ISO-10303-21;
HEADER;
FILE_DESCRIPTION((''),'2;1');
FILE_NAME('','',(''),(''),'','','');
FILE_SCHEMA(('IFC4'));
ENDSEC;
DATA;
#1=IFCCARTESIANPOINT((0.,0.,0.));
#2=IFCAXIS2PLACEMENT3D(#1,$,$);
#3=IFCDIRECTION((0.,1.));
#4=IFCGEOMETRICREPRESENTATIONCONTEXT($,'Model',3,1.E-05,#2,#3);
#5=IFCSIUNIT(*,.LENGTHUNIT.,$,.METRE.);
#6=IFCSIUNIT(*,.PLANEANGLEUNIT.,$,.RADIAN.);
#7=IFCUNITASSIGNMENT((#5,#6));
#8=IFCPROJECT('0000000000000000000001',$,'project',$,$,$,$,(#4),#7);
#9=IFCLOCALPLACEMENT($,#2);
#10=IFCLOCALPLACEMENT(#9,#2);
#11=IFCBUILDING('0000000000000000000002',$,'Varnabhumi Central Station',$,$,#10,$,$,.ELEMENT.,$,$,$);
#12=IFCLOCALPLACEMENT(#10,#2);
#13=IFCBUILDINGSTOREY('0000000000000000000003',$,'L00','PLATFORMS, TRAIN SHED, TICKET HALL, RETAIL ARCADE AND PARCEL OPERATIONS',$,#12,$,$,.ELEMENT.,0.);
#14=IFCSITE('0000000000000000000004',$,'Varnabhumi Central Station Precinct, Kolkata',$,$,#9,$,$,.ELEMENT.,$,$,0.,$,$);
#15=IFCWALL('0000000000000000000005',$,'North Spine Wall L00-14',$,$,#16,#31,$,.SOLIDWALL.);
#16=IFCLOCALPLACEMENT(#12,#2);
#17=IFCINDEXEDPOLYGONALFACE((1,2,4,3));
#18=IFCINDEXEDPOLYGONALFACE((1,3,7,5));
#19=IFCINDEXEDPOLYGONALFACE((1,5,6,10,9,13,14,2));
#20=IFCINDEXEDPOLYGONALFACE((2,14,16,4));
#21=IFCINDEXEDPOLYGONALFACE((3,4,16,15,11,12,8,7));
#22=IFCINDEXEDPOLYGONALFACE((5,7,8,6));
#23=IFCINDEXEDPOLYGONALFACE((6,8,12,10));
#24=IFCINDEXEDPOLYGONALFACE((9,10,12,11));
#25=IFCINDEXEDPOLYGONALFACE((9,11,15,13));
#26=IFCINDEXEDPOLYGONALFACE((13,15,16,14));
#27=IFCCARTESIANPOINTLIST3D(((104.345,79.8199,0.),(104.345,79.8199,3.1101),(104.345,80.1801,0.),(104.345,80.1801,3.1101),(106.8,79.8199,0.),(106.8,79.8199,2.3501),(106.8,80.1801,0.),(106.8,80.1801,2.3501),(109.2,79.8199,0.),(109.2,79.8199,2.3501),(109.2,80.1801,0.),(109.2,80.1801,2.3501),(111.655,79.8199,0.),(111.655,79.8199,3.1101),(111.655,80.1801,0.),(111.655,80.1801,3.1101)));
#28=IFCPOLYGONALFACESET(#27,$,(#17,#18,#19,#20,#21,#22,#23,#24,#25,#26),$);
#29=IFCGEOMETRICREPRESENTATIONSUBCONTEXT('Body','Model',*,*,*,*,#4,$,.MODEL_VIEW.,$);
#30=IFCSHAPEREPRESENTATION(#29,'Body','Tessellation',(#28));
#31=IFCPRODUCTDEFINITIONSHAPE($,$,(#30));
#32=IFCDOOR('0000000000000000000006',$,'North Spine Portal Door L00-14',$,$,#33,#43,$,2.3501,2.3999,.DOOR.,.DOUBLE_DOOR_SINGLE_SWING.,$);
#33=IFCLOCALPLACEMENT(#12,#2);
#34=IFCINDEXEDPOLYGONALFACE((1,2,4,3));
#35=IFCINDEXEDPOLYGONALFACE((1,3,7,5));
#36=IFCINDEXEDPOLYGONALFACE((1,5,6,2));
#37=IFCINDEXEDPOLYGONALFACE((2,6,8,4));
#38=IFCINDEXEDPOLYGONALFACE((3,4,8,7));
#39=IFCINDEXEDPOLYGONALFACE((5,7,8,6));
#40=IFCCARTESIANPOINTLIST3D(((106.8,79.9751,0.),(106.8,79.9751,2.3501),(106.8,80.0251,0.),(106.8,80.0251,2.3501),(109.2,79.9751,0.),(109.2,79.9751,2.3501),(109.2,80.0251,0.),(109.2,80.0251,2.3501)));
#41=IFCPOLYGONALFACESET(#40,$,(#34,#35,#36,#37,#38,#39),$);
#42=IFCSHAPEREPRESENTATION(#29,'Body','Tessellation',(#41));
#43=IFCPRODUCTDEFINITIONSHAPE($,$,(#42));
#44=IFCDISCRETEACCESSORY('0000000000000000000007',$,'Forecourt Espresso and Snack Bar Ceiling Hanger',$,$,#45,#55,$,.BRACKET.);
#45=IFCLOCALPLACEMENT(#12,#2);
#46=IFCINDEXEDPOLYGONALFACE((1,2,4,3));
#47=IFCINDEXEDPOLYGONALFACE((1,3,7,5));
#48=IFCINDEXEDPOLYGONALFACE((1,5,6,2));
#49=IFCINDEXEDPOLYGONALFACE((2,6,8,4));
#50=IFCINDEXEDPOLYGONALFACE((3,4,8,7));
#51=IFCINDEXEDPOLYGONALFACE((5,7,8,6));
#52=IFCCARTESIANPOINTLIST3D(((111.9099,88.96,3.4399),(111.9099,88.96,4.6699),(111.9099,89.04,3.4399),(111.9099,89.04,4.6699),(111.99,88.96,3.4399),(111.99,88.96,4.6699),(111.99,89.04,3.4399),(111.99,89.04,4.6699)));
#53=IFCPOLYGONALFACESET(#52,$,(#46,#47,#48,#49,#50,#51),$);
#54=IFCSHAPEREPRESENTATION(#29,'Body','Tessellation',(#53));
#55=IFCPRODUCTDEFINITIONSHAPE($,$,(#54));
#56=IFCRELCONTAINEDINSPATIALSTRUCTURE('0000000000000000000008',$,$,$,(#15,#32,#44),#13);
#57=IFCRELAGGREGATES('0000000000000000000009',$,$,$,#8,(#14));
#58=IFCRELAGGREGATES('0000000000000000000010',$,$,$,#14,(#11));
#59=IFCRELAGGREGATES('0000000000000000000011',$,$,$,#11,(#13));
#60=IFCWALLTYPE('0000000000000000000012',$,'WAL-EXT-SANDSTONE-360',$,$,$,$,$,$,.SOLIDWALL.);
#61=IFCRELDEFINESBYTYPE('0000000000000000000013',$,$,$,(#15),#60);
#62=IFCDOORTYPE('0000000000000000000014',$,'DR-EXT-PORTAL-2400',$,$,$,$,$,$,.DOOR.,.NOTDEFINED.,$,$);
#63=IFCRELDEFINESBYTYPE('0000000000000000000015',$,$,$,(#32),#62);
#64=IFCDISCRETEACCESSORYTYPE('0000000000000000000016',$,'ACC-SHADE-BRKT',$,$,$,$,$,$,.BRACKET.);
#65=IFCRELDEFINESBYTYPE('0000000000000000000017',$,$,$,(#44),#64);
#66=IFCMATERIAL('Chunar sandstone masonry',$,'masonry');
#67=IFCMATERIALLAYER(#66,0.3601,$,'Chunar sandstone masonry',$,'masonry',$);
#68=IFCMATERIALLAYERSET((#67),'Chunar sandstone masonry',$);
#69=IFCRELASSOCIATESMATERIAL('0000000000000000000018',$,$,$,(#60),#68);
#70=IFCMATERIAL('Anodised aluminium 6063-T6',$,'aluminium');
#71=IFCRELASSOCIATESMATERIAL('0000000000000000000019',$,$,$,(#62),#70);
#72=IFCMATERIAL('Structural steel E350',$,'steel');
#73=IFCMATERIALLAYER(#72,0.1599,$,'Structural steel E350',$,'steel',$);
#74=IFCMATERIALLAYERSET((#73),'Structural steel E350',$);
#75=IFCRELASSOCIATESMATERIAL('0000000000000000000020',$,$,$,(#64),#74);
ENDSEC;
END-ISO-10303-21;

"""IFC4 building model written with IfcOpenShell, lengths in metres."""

from ifc_helpers import new_model, si_unit, direction, frame, frame_2d, origin, origin_2d, place, context, subcontext, project, spatial, rectangle, extrude, material, layer, layer_set, type_object, element, fill, save


model = new_model("IFC4")

# Units and contexts
model_context = context("Model", 3, precision=1e-05, world=origin(), true_north=direction((0.0, 1.0)))
body_context = subcontext(model_context, "Body", "Model", "MODEL_VIEW")
ifc_project = project(units=[si_unit("LENGTHUNIT", "METRE"), si_unit("PLANEANGLEUNIT", "RADIAN")], contexts=[model_context])

# Site, building, storey
site_placement = place(None, origin())
site = spatial("IfcSite", under=ifc_project, at=site_placement, Name="Varnabhumi Central Station Precinct, Kolkata", CompositionType="ELEMENT", RefElevation=0.0)
building_placement = place(site_placement, origin())
building = spatial("IfcBuilding", under=site, at=building_placement, Name="Varnabhumi Central Station", CompositionType="ELEMENT")
storey_placement = place(building_placement, origin())
storey = spatial("IfcBuildingStorey", under=building, at=storey_placement, Name="L00", Description="PLATFORMS, TRAIN SHED, TICKET HALL, RETAIL ARCADE AND PARCEL OPERATIONS", CompositionType="ELEMENT", Elevation=0.0)

# Shared definitions
ifc_material_1 = material(Name="Structural steel E350", Category="steel")

# Shared definitions
ifc_material_2 = material(Name="Anodised aluminium 6063-T6", Category="aluminium")

# Wall, opening, door
ifc_material_3 = material(Name="Chunar sandstone masonry", Category="masonry")
ifc_layer_1 = layer(ifc_material_3, 0.3601, Name="Chunar sandstone masonry", Category="masonry")
ifc_layer_set_1 = layer_set([ifc_layer_1], Name="Chunar sandstone masonry")
wall_type = type_object("IfcWallType", Name="WAL-EXT-SANDSTONE-360", PredefinedType="SOLIDWALL", material=ifc_layer_set_1)
wall_placement = place(storey_placement, frame((104.345, 80.0, 0.0), z_axis=(0.0, 0.0, 1.0), x_axis=(1.0, 0.0, 0.0)))
wall = element("IfcWall", 1, at=wall_placement, inside=storey, type_object=wall_type, Name="North Spine Wall L00-14", PredefinedType="SOLIDWALL", context=body_context, shape_type="SweptSolid", body=[
    extrude(rectangle(XDim=7.3101, YDim=0.3601, at=frame_2d((3.655, 0.0))), origin(), (0.0, 0.0, 1.0), 3.1101),
])
opening_placement = place(wall_placement, frame((2.4551, 0.0, 0.0)))
opening = element("IfcOpeningElement", 2, at=opening_placement, cuts=wall, PredefinedType="OPENING", context=body_context, shape_type="SweptSolid", body=[
    extrude(rectangle(XDim=2.3999, YDim=2.3501, at=frame_2d((1.2, 1.175))), frame((0.0, 0.1899, 0.0), z_axis=(0.0, -1.0, 0.0), x_axis=(1.0, 0.0, 0.0)), (0.0, 0.0, 1.0), 0.3801),
])
door_type = type_object("IfcDoorType", Name="DR-EXT-PORTAL-2400", OperationType="NOTDEFINED", PredefinedType="DOOR", material=ifc_material_2)
door_placement = place(opening_placement, frame((2.3999, 0.0, 0.0), z_axis=(0.0, 0.0, 1.0), x_axis=(-1.0, 0.0, 0.0)))
door = element("IfcDoor", 3, at=door_placement, inside=storey, type_object=door_type, Name="North Spine Portal Door L00-14", OperationType="DOUBLE_DOOR_SINGLE_SWING", OverallHeight=2.3501, OverallWidth=2.3999, PredefinedType="DOOR", context=body_context, shape_type="SweptSolid", body=[
    extrude(rectangle(XDim=2.3999, YDim=2.3501, at=frame_2d((1.2, 1.175))), frame((0.0, 0.0249, 0.0), z_axis=(0.0, -1.0, 0.0), x_axis=(1.0, 0.0, 0.0)), (0.0, 0.0, 1.0), 0.05),
])
fill(opening, door)

# Discrete accessory
ifc_layer_2 = layer(ifc_material_1, 0.1599, Name="Structural steel E350", Category="steel")
ifc_layer_set_2 = layer_set([ifc_layer_2], Name="Structural steel E350")
discrete_accessory_type = type_object("IfcDiscreteAccessoryType", Name="ACC-SHADE-BRKT", PredefinedType="BRACKET", material=ifc_layer_set_2)
discrete_accessory_placement = place(storey_placement, frame((111.95, 89.0, 3.4399), z_axis=(0.0, 0.0, 1.0), x_axis=(1.0, 0.0, 0.0)))
element("IfcDiscreteAccessory", 4, at=discrete_accessory_placement, inside=storey, type_object=discrete_accessory_type, Name="Forecourt Espresso and Snack Bar Ceiling Hanger", PredefinedType="BRACKET", context=body_context, shape_type="SweptSolid", body=[
    extrude(rectangle(XDim=0.0801, YDim=0.0801, at=origin_2d()), origin(), (0.0, 0.0, 1.0), 1.23),
])

save(model, "model.ifc")
